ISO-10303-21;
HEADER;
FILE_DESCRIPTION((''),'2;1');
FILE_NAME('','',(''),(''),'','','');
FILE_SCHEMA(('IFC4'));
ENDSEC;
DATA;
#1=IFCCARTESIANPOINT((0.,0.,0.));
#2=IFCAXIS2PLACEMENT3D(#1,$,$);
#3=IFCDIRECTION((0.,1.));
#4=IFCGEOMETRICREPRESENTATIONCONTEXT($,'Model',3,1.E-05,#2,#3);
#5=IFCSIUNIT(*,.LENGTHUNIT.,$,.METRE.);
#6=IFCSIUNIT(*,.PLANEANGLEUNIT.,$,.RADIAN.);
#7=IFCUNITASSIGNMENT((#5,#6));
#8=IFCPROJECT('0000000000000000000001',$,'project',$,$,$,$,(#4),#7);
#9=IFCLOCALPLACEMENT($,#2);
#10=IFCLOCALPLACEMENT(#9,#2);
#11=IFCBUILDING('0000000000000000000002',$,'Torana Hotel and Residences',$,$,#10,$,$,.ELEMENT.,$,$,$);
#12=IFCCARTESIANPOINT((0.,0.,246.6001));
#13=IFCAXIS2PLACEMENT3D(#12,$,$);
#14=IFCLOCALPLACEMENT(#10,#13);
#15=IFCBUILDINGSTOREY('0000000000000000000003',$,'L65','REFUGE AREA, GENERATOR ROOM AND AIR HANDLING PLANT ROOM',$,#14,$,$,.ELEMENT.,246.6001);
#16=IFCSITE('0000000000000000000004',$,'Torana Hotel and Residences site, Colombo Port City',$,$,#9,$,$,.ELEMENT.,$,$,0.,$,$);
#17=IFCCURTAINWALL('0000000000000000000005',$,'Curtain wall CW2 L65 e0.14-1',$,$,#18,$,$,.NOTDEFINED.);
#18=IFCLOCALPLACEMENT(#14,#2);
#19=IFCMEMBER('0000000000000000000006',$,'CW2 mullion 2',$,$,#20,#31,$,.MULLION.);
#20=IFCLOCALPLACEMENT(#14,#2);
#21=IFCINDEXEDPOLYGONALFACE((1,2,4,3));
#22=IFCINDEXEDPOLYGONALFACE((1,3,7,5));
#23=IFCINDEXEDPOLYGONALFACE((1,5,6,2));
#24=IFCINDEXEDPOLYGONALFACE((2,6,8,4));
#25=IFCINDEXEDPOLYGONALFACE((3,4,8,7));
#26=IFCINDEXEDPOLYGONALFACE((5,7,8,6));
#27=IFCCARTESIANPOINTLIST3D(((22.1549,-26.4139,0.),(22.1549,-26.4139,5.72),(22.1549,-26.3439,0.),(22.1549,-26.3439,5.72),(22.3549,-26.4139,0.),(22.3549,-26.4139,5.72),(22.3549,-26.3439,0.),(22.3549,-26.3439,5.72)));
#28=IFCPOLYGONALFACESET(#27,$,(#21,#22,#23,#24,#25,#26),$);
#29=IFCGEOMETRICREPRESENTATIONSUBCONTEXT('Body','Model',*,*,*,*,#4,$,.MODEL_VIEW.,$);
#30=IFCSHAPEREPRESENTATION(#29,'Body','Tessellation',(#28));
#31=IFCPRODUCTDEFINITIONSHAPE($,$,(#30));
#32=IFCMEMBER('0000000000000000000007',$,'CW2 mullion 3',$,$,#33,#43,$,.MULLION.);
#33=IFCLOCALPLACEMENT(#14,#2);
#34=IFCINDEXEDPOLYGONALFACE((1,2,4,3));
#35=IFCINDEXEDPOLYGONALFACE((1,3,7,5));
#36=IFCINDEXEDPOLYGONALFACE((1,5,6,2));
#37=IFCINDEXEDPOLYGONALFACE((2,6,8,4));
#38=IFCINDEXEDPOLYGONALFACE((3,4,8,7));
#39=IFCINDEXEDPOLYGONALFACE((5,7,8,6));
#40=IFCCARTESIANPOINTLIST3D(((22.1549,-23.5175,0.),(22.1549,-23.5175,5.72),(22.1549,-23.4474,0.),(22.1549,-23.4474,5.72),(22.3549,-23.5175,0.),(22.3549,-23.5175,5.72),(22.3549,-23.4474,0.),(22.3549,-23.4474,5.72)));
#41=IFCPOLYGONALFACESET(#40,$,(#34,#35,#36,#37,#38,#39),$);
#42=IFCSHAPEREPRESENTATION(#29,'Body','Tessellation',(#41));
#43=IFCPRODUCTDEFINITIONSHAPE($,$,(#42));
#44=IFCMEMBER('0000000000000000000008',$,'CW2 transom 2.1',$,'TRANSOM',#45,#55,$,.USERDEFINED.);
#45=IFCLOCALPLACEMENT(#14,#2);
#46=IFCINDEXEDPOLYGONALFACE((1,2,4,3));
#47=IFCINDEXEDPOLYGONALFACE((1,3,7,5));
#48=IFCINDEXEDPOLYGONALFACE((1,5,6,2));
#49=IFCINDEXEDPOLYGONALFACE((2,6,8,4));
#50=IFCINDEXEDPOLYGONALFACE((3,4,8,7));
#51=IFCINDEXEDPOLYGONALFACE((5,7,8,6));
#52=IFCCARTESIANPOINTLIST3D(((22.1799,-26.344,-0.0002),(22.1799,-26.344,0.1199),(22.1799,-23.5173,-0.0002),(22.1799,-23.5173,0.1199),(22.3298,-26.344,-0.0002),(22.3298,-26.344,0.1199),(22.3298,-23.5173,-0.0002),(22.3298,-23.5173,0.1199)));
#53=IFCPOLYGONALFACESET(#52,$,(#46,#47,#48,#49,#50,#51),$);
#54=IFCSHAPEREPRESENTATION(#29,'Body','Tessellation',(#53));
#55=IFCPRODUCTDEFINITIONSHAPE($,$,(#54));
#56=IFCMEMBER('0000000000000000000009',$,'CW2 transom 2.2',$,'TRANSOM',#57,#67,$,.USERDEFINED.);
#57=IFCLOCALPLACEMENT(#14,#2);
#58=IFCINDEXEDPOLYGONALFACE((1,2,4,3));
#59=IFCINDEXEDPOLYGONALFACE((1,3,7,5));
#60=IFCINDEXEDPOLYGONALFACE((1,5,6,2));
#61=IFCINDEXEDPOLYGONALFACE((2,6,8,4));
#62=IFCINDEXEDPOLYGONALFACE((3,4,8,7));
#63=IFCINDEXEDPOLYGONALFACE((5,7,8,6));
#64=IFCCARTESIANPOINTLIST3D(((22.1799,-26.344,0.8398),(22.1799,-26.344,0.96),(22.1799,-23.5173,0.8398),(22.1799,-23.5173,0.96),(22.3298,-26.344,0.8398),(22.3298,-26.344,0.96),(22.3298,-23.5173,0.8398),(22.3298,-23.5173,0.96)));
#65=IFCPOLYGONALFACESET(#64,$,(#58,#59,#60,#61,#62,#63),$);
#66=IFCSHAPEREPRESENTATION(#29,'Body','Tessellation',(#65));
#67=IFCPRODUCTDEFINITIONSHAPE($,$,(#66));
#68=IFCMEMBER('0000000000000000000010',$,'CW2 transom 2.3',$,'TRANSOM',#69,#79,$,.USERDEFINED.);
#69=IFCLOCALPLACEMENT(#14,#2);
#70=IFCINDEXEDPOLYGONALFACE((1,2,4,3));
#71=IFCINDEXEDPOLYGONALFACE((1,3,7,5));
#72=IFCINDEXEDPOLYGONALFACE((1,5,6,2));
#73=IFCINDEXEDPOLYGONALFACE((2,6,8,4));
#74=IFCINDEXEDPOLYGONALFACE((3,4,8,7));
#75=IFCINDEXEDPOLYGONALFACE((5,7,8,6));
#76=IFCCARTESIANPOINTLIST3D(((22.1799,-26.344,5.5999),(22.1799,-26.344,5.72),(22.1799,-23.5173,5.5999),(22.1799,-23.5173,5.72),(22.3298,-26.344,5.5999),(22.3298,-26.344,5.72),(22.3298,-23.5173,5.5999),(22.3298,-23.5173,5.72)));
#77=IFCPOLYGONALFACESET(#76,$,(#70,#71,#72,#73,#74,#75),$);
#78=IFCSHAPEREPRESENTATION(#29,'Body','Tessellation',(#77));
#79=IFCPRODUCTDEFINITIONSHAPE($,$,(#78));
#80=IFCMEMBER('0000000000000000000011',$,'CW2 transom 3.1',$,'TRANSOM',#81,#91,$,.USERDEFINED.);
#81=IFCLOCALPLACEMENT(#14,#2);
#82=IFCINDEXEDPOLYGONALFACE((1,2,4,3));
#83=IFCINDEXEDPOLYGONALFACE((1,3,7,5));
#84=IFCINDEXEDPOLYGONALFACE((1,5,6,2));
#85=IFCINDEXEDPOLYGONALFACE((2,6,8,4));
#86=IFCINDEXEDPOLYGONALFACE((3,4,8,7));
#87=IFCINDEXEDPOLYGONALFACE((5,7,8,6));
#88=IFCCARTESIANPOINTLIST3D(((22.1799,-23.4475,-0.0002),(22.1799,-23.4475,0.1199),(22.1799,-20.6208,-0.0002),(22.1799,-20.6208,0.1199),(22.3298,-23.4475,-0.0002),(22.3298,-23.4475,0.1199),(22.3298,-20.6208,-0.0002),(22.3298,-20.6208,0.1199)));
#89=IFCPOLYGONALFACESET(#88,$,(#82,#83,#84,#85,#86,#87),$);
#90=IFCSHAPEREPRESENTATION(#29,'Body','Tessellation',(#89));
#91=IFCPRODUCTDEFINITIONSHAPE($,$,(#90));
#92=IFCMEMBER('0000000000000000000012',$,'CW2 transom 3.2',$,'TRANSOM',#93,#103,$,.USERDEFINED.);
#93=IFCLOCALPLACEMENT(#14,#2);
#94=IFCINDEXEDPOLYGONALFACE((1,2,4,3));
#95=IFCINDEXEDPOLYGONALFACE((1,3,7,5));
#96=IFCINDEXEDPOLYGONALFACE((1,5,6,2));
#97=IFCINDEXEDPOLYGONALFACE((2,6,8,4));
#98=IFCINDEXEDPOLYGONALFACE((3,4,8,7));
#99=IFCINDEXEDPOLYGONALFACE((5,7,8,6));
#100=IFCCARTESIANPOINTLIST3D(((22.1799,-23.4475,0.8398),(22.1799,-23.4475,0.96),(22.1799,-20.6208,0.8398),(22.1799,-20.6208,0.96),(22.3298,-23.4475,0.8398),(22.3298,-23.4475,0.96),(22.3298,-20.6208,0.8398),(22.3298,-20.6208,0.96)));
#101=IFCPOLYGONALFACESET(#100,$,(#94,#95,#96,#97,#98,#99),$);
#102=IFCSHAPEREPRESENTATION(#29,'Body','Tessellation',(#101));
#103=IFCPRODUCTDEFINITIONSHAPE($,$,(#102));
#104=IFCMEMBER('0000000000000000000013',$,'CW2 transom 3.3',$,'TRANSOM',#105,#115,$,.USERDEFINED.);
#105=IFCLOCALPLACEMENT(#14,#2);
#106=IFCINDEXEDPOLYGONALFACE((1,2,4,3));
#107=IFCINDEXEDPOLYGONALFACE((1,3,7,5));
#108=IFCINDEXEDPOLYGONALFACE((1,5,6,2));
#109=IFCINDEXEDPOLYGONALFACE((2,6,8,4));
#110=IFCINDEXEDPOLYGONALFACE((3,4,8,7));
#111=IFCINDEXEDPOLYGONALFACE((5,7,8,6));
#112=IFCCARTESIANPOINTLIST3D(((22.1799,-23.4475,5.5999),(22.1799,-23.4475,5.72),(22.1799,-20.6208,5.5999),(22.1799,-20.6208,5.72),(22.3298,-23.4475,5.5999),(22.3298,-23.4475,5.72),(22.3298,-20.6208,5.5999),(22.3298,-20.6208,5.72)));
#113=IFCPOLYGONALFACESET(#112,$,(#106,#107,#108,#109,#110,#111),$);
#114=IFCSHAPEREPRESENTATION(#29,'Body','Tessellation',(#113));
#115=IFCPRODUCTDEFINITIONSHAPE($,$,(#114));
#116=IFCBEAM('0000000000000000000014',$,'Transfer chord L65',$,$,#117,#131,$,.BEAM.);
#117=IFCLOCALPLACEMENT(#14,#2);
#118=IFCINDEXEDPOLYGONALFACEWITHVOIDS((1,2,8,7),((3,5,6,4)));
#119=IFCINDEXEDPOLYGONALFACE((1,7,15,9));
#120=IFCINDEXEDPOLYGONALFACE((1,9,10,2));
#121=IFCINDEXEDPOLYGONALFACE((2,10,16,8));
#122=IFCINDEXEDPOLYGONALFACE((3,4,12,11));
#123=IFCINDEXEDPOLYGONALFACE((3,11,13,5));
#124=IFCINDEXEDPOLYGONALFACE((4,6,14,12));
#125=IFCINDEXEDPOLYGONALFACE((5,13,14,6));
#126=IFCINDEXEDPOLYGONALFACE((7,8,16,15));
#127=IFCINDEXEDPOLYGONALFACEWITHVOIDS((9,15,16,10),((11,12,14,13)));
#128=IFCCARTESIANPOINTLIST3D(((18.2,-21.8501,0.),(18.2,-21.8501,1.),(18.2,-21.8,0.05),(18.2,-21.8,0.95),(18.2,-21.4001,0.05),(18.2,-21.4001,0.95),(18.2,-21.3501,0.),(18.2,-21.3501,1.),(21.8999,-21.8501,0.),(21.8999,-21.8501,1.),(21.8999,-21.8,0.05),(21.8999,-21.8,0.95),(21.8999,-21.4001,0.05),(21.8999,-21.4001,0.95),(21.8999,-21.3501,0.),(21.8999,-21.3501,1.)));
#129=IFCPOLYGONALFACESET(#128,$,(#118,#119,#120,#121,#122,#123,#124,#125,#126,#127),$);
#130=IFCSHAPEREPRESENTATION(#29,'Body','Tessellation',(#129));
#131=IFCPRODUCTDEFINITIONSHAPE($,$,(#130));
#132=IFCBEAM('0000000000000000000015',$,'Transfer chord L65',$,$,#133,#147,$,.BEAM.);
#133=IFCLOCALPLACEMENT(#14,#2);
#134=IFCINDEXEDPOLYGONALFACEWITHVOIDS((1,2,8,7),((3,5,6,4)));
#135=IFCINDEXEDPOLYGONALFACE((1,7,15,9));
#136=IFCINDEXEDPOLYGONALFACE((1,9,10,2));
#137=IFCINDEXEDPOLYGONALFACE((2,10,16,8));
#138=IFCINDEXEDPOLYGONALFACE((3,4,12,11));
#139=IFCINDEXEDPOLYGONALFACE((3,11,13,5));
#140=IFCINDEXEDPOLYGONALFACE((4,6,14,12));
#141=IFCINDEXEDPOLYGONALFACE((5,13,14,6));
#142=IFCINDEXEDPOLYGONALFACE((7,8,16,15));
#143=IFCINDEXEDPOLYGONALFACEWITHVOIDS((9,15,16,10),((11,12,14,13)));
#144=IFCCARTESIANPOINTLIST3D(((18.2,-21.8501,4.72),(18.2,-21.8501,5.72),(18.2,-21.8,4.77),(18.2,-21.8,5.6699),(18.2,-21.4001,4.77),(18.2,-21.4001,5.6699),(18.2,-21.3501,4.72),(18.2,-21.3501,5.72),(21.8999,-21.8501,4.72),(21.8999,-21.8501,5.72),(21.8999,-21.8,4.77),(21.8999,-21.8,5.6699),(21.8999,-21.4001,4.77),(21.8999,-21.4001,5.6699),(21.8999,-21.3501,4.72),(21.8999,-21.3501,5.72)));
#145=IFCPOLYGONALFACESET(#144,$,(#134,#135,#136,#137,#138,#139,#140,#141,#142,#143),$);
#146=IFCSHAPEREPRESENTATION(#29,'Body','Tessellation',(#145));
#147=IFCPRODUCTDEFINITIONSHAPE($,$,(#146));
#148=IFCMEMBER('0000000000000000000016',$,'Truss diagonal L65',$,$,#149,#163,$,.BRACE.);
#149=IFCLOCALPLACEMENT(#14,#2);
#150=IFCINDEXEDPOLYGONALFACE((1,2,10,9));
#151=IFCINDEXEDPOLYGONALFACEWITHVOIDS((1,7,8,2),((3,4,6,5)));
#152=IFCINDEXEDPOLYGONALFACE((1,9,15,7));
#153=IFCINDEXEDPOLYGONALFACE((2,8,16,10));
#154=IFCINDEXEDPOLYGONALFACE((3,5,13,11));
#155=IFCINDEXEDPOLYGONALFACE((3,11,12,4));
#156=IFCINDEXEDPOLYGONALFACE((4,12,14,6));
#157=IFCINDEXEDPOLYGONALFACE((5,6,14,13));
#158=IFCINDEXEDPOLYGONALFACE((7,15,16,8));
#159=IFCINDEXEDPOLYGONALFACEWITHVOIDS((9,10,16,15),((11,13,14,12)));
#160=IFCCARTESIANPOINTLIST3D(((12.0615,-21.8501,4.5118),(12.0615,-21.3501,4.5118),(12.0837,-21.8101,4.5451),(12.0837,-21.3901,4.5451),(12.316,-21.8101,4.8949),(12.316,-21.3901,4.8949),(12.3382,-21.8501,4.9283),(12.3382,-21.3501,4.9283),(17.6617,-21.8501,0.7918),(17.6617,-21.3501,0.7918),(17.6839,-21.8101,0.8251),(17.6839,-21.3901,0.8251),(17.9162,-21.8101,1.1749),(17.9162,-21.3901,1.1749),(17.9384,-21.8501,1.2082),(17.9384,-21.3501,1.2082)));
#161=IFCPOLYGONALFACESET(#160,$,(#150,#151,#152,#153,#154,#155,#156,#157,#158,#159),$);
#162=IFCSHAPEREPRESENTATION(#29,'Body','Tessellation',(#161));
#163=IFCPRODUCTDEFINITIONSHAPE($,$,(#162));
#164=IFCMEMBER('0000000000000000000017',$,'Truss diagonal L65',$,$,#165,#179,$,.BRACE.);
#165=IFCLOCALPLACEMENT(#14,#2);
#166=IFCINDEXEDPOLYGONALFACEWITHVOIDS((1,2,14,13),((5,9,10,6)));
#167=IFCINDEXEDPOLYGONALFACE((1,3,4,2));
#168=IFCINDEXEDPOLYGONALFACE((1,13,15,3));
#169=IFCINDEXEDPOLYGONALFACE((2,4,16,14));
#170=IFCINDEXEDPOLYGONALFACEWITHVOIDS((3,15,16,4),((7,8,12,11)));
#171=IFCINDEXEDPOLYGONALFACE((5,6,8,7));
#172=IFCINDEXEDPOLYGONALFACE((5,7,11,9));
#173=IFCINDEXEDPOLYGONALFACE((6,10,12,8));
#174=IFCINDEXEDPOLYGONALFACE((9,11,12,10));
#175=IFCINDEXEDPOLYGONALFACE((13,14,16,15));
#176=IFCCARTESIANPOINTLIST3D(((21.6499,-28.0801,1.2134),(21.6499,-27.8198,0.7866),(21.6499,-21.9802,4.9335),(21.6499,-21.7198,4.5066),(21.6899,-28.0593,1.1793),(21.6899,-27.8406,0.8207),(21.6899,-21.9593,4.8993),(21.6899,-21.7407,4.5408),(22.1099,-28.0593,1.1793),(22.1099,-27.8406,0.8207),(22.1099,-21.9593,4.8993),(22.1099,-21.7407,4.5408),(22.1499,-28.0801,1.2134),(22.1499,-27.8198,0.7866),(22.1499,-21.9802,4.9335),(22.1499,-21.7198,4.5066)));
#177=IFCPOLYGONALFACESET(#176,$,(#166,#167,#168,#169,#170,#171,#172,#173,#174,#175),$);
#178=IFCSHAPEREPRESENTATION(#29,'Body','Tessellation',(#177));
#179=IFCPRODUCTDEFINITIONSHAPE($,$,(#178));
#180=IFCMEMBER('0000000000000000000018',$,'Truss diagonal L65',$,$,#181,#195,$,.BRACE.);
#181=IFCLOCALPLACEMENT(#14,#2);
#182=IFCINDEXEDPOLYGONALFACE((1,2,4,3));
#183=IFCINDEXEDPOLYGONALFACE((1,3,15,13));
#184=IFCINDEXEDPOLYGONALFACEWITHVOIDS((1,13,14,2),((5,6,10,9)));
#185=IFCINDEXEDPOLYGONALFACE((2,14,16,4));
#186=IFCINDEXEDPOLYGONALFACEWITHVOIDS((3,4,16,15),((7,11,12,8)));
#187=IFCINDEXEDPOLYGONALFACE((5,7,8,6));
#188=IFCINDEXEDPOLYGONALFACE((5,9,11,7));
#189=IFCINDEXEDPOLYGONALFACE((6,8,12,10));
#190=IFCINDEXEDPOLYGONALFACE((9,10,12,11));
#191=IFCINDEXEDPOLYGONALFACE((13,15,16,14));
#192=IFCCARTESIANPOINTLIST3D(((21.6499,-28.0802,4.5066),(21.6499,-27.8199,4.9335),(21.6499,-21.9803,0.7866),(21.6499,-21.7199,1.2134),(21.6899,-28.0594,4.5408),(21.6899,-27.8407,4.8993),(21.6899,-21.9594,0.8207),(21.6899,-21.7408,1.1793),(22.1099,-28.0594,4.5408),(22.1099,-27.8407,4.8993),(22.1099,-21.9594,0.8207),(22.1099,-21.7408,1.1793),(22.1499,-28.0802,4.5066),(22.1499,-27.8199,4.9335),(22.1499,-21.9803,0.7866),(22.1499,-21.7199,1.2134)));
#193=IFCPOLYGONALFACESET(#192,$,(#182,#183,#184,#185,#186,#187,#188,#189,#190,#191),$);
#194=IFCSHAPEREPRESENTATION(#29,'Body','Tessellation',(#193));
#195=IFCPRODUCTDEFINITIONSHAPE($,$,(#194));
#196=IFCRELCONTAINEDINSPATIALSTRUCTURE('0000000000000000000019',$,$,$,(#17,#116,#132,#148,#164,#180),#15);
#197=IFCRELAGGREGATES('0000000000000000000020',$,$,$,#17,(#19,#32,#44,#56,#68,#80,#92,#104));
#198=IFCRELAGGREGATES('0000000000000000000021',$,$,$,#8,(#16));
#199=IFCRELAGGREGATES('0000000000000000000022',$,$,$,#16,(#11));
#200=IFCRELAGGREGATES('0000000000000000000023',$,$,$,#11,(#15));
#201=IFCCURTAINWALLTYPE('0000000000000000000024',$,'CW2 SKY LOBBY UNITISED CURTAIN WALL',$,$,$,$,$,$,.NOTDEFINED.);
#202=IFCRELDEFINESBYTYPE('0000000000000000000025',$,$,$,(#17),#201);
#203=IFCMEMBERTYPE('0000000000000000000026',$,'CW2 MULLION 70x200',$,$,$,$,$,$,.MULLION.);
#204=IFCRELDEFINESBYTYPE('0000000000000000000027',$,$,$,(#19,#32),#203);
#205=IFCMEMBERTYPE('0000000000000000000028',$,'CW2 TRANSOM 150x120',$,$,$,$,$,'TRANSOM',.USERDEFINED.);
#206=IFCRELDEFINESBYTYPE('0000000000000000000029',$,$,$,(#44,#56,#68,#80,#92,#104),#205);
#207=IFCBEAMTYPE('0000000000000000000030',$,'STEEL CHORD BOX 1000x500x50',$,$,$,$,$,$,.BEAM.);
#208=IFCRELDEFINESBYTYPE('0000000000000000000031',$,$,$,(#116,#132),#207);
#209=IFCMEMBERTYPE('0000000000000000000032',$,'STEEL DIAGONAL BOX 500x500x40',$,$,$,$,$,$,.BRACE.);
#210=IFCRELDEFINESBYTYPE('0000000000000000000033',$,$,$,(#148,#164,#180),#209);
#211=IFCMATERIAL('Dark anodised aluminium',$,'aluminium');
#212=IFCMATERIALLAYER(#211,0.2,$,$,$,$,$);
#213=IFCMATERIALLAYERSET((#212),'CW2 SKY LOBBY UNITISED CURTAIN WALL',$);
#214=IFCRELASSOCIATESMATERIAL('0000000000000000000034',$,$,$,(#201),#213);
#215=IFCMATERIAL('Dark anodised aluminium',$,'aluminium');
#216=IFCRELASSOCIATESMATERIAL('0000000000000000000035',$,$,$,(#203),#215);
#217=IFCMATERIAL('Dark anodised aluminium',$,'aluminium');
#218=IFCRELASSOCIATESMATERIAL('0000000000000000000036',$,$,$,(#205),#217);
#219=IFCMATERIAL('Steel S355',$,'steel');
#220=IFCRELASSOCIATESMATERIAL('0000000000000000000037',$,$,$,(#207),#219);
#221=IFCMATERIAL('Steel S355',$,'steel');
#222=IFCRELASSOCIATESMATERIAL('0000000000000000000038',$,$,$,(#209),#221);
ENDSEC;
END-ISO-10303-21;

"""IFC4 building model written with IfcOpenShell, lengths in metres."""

from ifc_helpers import new_model, si_unit, direction, frame, origin, origin_2d, place, context, subcontext, project, spatial, rectangle, hollow_rectangle, extrude, material, layer, layer_set, material_profile, profile_set, type_object, element, aggregate, save


model = new_model("IFC4")

# Units and contexts
model_context = context("Model", 3, precision=1e-05, world=origin(), true_north=direction((0.0, 1.0)))
body_context = subcontext(model_context, "Body", "Model", "MODEL_VIEW")
ifc_project = project(units=[si_unit("LENGTHUNIT", "METRE"), si_unit("PLANEANGLEUNIT", "RADIAN")], contexts=[model_context])

# Site, building, storey
site_placement = place(None, origin())
site = spatial("IfcSite", under=ifc_project, at=site_placement, Name="Torana Hotel and Residences site, Colombo Port City", CompositionType="ELEMENT", RefElevation=0.0)
building_placement = place(site_placement, origin())
building = spatial("IfcBuilding", under=site, at=building_placement, Name="Torana Hotel and Residences", CompositionType="ELEMENT")
storey_placement = place(building_placement, frame((0.0, 0.0, 246.6001)))
storey = spatial("IfcBuildingStorey", under=building, at=storey_placement, Name="L65", Description="REFUGE AREA, GENERATOR ROOM AND AIR HANDLING PLANT ROOM", CompositionType="ELEMENT", Elevation=246.6001)

# Curtain wall, members
ifc_material_1 = material(Name="Dark anodised aluminium", Category="aluminium")
ifc_layer_1 = layer(ifc_material_1, 0.2)
ifc_layer_set_1 = layer_set([ifc_layer_1], Name="CW2 SKY LOBBY UNITISED CURTAIN WALL")
curtain_wall_type = type_object("IfcCurtainWallType", Name="CW2 SKY LOBBY UNITISED CURTAIN WALL", PredefinedType="NOTDEFINED", material=ifc_layer_set_1)
curtain_wall_placement = place(storey_placement, origin())
curtain_wall = element("IfcCurtainWall", 1, at=curtain_wall_placement, inside=storey, type_object=curtain_wall_type, Name="Curtain wall CW2 L65 e0.14-1", PredefinedType="NOTDEFINED")
ifc_material_2 = material(Name="Dark anodised aluminium", Category="aluminium")
ifc_material_profile_1 = material_profile(ifc_material_2, rectangle(XDim=0.2, YDim=0.0701, at=origin_2d()), Name="CW2 MULLION 70x200")
ifc_profile_set_1 = profile_set([ifc_material_profile_1], Name="Dark anodised aluminium")
member_type_1 = type_object("IfcMemberType", Name="CW2 MULLION 70x200", PredefinedType="MULLION", material=ifc_profile_set_1)
member_1_placement = place(storey_placement, frame((22.2549, -26.3789, 0.0), z_axis=(0.0, 0.0, 1.0), x_axis=(-1.0, 0.0, 0.0)))
member_1 = element("IfcMember", 2, at=member_1_placement, type_object=member_type_1, Name="CW2 mullion 2", PredefinedType="MULLION", context=body_context, shape_type="SweptSolid", body=[
    extrude(rectangle(XDim=0.2, YDim=0.0701, at=origin_2d()), origin(), (0.0, 0.0, 1.0), 5.72),
])
member_2_placement = place(storey_placement, frame((22.2549, -23.4824, 0.0), z_axis=(0.0, 0.0, 1.0), x_axis=(-1.0, 0.0, 0.0)))
member_2 = element("IfcMember", 3, at=member_2_placement, type_object=member_type_1, Name="CW2 mullion 3", PredefinedType="MULLION", context=body_context, shape_type="SweptSolid", body=[
    extrude(rectangle(XDim=0.2, YDim=0.0701, at=origin_2d()), origin(), (0.0, 0.0, 1.0), 5.72),
])
ifc_material_3 = material(Name="Dark anodised aluminium", Category="aluminium")
ifc_material_profile_2 = material_profile(ifc_material_3, rectangle(XDim=0.1499, YDim=0.1201, at=origin_2d()), Name="CW2 TRANSOM 150x120")
ifc_profile_set_2 = profile_set([ifc_material_profile_2], Name="Dark anodised aluminium")
member_type_2 = type_object("IfcMemberType", Name="CW2 TRANSOM 150x120", ElementType="TRANSOM", PredefinedType="USERDEFINED", material=ifc_profile_set_2)
member_3_placement = place(storey_placement, frame((22.2549, -26.344, 0.0598), z_axis=(0.0, 1.0, 0.0), x_axis=(-1.0, 0.0, 0.0)))
member_3 = element("IfcMember", 4, at=member_3_placement, type_object=member_type_2, Name="CW2 transom 2.1", ObjectType="TRANSOM", PredefinedType="USERDEFINED", context=body_context, shape_type="SweptSolid", body=[
    extrude(rectangle(XDim=0.1499, YDim=0.1201, at=origin_2d()), origin(), (0.0, 0.0, 1.0), 2.8267),
])
member_4_placement = place(storey_placement, frame((22.2549, -26.344, 0.8999), z_axis=(0.0, 1.0, 0.0), x_axis=(-1.0, 0.0, 0.0)))
member_4 = element("IfcMember", 5, at=member_4_placement, type_object=member_type_2, Name="CW2 transom 2.2", ObjectType="TRANSOM", PredefinedType="USERDEFINED", context=body_context, shape_type="SweptSolid", body=[
    extrude(rectangle(XDim=0.1499, YDim=0.1201, at=origin_2d()), origin(), (0.0, 0.0, 1.0), 2.8267),
])
member_5_placement = place(storey_placement, frame((22.2549, -26.344, 5.6599), z_axis=(0.0, 1.0, 0.0), x_axis=(-1.0, 0.0, 0.0)))
member_5 = element("IfcMember", 6, at=member_5_placement, type_object=member_type_2, Name="CW2 transom 2.3", ObjectType="TRANSOM", PredefinedType="USERDEFINED", context=body_context, shape_type="SweptSolid", body=[
    extrude(rectangle(XDim=0.1499, YDim=0.1201, at=origin_2d()), origin(), (0.0, 0.0, 1.0), 2.8267),
])
member_6_placement = place(storey_placement, frame((22.2549, -23.4475, 0.0598), z_axis=(0.0, 1.0, 0.0), x_axis=(-1.0, 0.0, 0.0)))
member_6 = element("IfcMember", 7, at=member_6_placement, type_object=member_type_2, Name="CW2 transom 3.1", ObjectType="TRANSOM", PredefinedType="USERDEFINED", context=body_context, shape_type="SweptSolid", body=[
    extrude(rectangle(XDim=0.1499, YDim=0.1201, at=origin_2d()), origin(), (0.0, 0.0, 1.0), 2.8267),
])
member_7_placement = place(storey_placement, frame((22.2549, -23.4475, 0.8999), z_axis=(0.0, 1.0, 0.0), x_axis=(-1.0, 0.0, 0.0)))
member_7 = element("IfcMember", 8, at=member_7_placement, type_object=member_type_2, Name="CW2 transom 3.2", ObjectType="TRANSOM", PredefinedType="USERDEFINED", context=body_context, shape_type="SweptSolid", body=[
    extrude(rectangle(XDim=0.1499, YDim=0.1201, at=origin_2d()), origin(), (0.0, 0.0, 1.0), 2.8267),
])
member_8_placement = place(storey_placement, frame((22.2549, -23.4475, 5.6599), z_axis=(0.0, 1.0, 0.0), x_axis=(-1.0, 0.0, 0.0)))
member_8 = element("IfcMember", 9, at=member_8_placement, type_object=member_type_2, Name="CW2 transom 3.3", ObjectType="TRANSOM", PredefinedType="USERDEFINED", context=body_context, shape_type="SweptSolid", body=[
    extrude(rectangle(XDim=0.1499, YDim=0.1201, at=origin_2d()), origin(), (0.0, 0.0, 1.0), 2.8267),
])

# Beams
ifc_material_4 = material(Name="Steel S355", Category="steel")
ifc_material_profile_3 = material_profile(ifc_material_4, hollow_rectangle(XDim=0.5, YDim=1.0, WallThickness=0.05, at=origin_2d()), Name="BOX 1000x500x50")
ifc_profile_set_3 = profile_set([ifc_material_profile_3], Name="Steel S355")
beam_type = type_object("IfcBeamType", Name="STEEL CHORD BOX 1000x500x50", PredefinedType="BEAM", material=ifc_profile_set_3)
for number, where, z_axis, x_axis, name in (
    (10, (18.2, -21.6001, 0.5), (1.0, 0.0, 0.0), (0.0, 1.0, 0.0), "Transfer chord L65"),
    (11, (18.2, -21.6001, 5.22), (1.0, 0.0, 0.0), (0.0, 1.0, 0.0), "Transfer chord L65"),
):
    element("IfcBeam", number, at=place(storey_placement, frame(where, z_axis=z_axis, x_axis=x_axis)), inside=storey, type_object=beam_type, Name=name, PredefinedType="BEAM", context=body_context, shape_type="SweptSolid", body=[
        extrude(hollow_rectangle(XDim=0.5, YDim=1.0, WallThickness=0.05, at=origin_2d()), origin(), (0.0, 0.0, 1.0), 3.7),
    ])

# Members
ifc_material_5 = material(Name="Steel S355", Category="steel")
ifc_material_profile_4 = material_profile(ifc_material_5, hollow_rectangle(XDim=0.5, YDim=0.5, WallThickness=0.04, at=origin_2d()), Name="BOX 500x500x40")
ifc_profile_set_4 = profile_set([ifc_material_profile_4], Name="Steel S355")
member_type_3 = type_object("IfcMemberType", Name="STEEL DIAGONAL BOX 500x500x40", PredefinedType="BRACE", material=ifc_profile_set_4)
member_9_placement = place(storey_placement, frame((17.8, -21.6001, 1.0), z_axis=(-0.832971, 0.0, 0.553317), x_axis=(0.0, -1.0, 0.0)))
element("IfcMember", 12, at=member_9_placement, inside=storey, type_object=member_type_3, Name="Truss diagonal L65", PredefinedType="BRACE", context=body_context, shape_type="SweptSolid", body=[
    extrude(hollow_rectangle(XDim=0.5, YDim=0.5, WallThickness=0.04, at=origin_2d()), origin(), (0.0, 0.0, 1.0), 6.7231),
])
for number, where, z_axis, x_axis, name in (
    (13, (21.8999, -27.95, 1.0), (0.0, 0.853762, 0.520663), (-1.0, 0.0, 0.0), "Truss diagonal L65"),
    (14, (21.8999, -21.8501, 1.0), (0.0, -0.853762, 0.520663), (1.0, 0.0, 0.0), "Truss diagonal L65"),
):
    element("IfcMember", number, at=place(storey_placement, frame(where, z_axis=z_axis, x_axis=x_axis)), inside=storey, type_object=member_type_3, Name=name, PredefinedType="BRACE", context=body_context, shape_type="SweptSolid", body=[
        extrude(hollow_rectangle(XDim=0.5, YDim=0.5, WallThickness=0.04, at=origin_2d()), origin(), (0.0, 0.0, 1.0), 7.1448),
    ])

aggregate(curtain_wall, [member_1, member_2, member_3, member_4, member_5, member_6, member_7, member_8])

save(model, "model.ifc")
